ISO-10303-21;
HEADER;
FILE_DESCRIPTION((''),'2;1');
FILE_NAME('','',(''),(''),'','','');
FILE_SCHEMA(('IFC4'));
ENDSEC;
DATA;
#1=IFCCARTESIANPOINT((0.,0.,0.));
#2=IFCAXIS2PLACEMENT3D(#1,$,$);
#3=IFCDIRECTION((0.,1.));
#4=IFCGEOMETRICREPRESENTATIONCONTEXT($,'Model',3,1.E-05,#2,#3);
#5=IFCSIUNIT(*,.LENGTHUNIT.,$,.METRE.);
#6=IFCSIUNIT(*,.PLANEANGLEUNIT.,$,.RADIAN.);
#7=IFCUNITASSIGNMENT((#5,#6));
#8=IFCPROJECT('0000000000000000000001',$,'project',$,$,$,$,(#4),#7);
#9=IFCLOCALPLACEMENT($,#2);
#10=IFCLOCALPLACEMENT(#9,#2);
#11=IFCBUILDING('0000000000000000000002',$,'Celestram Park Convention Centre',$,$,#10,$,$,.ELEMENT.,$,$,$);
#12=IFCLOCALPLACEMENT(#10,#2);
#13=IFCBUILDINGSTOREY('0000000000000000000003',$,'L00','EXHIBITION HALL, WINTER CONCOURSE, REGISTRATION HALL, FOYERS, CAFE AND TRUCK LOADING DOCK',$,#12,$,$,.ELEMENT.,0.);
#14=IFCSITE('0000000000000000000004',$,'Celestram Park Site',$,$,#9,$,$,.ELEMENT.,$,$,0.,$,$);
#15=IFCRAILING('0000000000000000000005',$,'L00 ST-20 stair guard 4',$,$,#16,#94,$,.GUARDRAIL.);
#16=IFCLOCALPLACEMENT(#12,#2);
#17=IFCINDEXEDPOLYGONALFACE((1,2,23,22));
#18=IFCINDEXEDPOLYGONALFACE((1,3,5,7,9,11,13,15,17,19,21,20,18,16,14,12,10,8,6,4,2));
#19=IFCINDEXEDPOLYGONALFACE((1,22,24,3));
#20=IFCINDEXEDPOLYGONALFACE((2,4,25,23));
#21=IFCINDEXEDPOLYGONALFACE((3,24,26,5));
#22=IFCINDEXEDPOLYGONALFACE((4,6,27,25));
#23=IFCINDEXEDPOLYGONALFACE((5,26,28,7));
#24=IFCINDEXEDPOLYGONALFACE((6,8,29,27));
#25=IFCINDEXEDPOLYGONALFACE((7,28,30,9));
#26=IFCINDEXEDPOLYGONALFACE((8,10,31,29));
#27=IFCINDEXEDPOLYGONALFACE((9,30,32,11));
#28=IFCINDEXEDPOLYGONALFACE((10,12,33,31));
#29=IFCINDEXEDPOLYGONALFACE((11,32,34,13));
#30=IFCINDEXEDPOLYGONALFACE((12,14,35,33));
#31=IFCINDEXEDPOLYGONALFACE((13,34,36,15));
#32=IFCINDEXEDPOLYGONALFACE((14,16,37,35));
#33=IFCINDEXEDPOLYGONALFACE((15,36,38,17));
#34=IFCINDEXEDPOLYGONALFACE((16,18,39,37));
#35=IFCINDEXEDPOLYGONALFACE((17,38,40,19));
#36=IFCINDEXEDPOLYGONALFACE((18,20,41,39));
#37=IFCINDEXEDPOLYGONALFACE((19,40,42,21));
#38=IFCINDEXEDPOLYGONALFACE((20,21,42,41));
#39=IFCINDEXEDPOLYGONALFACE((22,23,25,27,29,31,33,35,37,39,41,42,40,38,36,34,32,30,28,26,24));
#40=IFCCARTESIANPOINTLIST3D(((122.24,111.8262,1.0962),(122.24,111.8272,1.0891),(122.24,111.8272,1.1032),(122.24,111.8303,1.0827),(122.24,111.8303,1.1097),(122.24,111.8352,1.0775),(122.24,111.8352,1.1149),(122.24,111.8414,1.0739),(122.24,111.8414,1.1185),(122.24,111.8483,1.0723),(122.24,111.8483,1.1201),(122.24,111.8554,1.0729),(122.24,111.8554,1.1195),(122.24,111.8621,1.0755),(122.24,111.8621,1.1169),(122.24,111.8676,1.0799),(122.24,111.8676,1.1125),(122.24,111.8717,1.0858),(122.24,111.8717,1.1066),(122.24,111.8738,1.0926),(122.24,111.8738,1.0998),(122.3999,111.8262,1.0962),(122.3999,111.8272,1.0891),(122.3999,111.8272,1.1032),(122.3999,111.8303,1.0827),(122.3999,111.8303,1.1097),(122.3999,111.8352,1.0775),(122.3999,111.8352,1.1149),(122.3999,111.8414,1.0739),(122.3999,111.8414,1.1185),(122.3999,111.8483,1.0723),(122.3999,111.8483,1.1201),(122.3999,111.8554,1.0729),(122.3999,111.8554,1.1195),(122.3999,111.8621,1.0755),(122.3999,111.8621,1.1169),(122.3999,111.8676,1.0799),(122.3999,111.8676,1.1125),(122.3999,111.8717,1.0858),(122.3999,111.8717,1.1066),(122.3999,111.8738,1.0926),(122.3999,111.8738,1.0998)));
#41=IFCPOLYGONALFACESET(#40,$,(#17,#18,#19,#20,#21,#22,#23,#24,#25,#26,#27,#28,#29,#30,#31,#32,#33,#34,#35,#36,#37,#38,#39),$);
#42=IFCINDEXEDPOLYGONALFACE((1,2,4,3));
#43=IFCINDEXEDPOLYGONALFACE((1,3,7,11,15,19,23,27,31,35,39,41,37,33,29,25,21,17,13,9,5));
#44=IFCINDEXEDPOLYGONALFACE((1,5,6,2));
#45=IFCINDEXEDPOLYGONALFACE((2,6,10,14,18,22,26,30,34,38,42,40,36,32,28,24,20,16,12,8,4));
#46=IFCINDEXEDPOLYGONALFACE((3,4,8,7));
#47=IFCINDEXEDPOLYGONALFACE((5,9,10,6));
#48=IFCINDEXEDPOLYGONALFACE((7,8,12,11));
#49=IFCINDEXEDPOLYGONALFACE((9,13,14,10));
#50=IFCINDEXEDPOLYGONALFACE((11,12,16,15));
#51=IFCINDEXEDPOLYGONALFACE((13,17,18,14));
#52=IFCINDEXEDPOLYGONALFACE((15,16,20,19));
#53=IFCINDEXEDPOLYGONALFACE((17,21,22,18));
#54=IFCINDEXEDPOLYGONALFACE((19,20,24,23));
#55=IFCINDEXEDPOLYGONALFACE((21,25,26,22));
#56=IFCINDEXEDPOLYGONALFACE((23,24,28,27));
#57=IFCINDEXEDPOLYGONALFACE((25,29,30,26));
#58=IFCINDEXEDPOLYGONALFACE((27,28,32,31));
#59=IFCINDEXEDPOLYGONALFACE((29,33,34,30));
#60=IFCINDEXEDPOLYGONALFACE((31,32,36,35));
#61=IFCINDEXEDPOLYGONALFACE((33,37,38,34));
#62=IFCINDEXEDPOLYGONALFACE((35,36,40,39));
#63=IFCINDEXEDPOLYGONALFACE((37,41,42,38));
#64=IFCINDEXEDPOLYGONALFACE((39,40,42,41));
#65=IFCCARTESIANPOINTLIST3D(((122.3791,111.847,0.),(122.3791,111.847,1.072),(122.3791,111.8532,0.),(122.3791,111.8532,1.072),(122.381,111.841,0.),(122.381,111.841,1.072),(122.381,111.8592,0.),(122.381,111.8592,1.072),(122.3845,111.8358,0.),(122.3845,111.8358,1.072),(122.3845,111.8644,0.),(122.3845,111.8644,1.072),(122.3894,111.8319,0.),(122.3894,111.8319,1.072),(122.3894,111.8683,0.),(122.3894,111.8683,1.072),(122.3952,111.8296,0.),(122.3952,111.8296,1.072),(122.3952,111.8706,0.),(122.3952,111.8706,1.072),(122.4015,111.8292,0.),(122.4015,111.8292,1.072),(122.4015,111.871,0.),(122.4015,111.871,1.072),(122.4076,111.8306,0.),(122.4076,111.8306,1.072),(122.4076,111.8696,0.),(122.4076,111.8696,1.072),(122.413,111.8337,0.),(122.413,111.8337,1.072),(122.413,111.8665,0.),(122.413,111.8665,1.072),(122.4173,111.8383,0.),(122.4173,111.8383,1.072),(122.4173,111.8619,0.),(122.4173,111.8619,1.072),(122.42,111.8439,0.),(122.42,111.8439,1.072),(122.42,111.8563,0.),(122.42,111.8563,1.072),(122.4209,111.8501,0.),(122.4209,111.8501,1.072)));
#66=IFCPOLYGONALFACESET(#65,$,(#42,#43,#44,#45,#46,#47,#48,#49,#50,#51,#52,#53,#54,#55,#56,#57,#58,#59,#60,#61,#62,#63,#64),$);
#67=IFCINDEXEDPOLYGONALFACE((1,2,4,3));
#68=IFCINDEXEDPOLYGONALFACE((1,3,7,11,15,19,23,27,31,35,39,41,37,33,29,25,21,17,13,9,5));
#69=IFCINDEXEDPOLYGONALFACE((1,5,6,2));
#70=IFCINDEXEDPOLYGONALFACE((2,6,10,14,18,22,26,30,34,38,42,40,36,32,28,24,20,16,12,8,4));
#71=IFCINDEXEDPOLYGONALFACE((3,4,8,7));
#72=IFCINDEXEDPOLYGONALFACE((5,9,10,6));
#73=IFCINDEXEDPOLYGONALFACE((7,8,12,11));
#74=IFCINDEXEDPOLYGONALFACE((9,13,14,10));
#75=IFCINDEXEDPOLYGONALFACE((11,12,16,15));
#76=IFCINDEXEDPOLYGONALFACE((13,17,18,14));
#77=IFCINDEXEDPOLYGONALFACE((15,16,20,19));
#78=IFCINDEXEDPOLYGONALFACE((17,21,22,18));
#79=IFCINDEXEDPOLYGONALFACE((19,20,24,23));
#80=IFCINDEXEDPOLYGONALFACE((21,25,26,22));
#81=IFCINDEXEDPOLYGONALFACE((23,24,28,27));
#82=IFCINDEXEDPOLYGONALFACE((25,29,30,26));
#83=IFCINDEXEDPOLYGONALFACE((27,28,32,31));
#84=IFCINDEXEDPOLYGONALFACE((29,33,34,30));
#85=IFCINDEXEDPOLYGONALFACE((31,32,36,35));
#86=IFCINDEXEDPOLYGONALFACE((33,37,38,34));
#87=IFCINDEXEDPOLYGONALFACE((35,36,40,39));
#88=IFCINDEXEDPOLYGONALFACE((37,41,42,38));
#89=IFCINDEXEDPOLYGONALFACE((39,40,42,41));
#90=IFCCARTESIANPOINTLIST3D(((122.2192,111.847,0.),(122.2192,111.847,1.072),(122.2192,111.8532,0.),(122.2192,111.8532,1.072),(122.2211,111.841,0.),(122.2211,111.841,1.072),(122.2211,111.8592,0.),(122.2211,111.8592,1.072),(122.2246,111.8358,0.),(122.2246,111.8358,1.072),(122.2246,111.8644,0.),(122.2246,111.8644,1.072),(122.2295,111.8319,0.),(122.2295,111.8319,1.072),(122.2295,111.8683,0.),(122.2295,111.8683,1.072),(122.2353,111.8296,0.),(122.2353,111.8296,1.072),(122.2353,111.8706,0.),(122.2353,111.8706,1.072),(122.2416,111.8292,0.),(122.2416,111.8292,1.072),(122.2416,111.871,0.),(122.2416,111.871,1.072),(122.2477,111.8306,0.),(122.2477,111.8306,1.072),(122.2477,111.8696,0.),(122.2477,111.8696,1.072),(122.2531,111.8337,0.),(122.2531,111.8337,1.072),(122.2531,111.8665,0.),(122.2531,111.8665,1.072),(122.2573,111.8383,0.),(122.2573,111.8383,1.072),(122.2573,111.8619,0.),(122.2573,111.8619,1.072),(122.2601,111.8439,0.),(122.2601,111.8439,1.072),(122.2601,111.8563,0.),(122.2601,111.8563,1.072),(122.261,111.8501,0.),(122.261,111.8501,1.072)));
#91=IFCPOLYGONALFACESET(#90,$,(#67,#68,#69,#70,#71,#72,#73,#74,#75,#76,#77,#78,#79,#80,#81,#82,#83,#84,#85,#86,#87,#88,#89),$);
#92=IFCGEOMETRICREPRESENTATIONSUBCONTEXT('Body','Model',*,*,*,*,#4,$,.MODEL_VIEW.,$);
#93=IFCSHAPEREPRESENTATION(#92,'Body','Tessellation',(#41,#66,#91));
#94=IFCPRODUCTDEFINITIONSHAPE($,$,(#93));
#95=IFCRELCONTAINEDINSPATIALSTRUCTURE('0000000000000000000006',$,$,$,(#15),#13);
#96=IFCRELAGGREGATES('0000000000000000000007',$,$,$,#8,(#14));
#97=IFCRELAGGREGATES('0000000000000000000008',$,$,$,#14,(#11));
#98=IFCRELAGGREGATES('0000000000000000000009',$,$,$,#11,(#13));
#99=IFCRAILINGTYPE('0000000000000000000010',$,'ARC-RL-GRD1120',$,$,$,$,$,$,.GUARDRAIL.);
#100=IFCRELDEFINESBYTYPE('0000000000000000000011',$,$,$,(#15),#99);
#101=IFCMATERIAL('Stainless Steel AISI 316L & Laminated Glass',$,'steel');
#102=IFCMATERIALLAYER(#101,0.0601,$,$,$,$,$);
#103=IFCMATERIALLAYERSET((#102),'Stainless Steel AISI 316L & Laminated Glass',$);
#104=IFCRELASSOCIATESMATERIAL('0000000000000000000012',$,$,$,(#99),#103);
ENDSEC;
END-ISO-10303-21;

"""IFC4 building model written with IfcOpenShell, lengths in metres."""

from ifc_helpers import new_model, si_unit, direction, frame, origin, origin_2d, place, context, subcontext, project, spatial, circle, extrude, material, layer, layer_set, type_object, element, save


model = new_model("IFC4")

# Units and contexts
model_context = context("Model", 3, precision=1e-05, world=origin(), true_north=direction((0.0, 1.0)))
body_context = subcontext(model_context, "Body", "Model", "MODEL_VIEW")
ifc_project = project(units=[si_unit("LENGTHUNIT", "METRE"), si_unit("PLANEANGLEUNIT", "RADIAN")], contexts=[model_context])

# Site, building, storey
site_placement = place(None, origin())
site = spatial("IfcSite", under=ifc_project, at=site_placement, Name="Celestram Park Site", CompositionType="ELEMENT", RefElevation=0.0)
building_placement = place(site_placement, origin())
building = spatial("IfcBuilding", under=site, at=building_placement, Name="Celestram Park Convention Centre", CompositionType="ELEMENT")
storey_placement = place(building_placement, origin())
storey = spatial("IfcBuildingStorey", under=building, at=storey_placement, Name="L00", Description="EXHIBITION HALL, WINTER CONCOURSE, REGISTRATION HALL, FOYERS, CAFE AND TRUCK LOADING DOCK", CompositionType="ELEMENT", Elevation=0.0)

# Railing
ifc_material_1 = material(Name="Stainless Steel AISI 316L & Laminated Glass", Category="steel")
ifc_layer_1 = layer(ifc_material_1, 0.0601)
ifc_layer_set_1 = layer_set([ifc_layer_1], Name="Stainless Steel AISI 316L & Laminated Glass")
railing_type = type_object("IfcRailingType", Name="ARC-RL-GRD1120", PredefinedType="GUARDRAIL", material=ifc_layer_set_1)
railing_1_placement = place(storey_placement, frame((122.3999, 111.8501, 0.0)))
element("IfcRailing", 1, at=railing_1_placement, inside=storey, type_object=railing_type, Name="L00 ST-20 stair guard 4", PredefinedType="GUARDRAIL", context=body_context, shape_type="SweptSolid", body=[
    extrude(circle(Radius=0.0239, at=origin_2d()), frame((0.0, 0.0, 1.0962), z_axis=(-1.0, 0.0, 0.0), x_axis=(0.0, -1.0, 0.0)), (0.0, 0.0, 1.0), 0.1599),
    extrude(circle(Radius=0.021, at=origin_2d()), origin(), (0.0, 0.0, 1.0), 1.072),
    extrude(circle(Radius=0.021, at=origin_2d()), frame((-0.1599, 0.0, 0.0)), (0.0, 0.0, 1.0), 1.072),
])

save(model, "model.ifc")
